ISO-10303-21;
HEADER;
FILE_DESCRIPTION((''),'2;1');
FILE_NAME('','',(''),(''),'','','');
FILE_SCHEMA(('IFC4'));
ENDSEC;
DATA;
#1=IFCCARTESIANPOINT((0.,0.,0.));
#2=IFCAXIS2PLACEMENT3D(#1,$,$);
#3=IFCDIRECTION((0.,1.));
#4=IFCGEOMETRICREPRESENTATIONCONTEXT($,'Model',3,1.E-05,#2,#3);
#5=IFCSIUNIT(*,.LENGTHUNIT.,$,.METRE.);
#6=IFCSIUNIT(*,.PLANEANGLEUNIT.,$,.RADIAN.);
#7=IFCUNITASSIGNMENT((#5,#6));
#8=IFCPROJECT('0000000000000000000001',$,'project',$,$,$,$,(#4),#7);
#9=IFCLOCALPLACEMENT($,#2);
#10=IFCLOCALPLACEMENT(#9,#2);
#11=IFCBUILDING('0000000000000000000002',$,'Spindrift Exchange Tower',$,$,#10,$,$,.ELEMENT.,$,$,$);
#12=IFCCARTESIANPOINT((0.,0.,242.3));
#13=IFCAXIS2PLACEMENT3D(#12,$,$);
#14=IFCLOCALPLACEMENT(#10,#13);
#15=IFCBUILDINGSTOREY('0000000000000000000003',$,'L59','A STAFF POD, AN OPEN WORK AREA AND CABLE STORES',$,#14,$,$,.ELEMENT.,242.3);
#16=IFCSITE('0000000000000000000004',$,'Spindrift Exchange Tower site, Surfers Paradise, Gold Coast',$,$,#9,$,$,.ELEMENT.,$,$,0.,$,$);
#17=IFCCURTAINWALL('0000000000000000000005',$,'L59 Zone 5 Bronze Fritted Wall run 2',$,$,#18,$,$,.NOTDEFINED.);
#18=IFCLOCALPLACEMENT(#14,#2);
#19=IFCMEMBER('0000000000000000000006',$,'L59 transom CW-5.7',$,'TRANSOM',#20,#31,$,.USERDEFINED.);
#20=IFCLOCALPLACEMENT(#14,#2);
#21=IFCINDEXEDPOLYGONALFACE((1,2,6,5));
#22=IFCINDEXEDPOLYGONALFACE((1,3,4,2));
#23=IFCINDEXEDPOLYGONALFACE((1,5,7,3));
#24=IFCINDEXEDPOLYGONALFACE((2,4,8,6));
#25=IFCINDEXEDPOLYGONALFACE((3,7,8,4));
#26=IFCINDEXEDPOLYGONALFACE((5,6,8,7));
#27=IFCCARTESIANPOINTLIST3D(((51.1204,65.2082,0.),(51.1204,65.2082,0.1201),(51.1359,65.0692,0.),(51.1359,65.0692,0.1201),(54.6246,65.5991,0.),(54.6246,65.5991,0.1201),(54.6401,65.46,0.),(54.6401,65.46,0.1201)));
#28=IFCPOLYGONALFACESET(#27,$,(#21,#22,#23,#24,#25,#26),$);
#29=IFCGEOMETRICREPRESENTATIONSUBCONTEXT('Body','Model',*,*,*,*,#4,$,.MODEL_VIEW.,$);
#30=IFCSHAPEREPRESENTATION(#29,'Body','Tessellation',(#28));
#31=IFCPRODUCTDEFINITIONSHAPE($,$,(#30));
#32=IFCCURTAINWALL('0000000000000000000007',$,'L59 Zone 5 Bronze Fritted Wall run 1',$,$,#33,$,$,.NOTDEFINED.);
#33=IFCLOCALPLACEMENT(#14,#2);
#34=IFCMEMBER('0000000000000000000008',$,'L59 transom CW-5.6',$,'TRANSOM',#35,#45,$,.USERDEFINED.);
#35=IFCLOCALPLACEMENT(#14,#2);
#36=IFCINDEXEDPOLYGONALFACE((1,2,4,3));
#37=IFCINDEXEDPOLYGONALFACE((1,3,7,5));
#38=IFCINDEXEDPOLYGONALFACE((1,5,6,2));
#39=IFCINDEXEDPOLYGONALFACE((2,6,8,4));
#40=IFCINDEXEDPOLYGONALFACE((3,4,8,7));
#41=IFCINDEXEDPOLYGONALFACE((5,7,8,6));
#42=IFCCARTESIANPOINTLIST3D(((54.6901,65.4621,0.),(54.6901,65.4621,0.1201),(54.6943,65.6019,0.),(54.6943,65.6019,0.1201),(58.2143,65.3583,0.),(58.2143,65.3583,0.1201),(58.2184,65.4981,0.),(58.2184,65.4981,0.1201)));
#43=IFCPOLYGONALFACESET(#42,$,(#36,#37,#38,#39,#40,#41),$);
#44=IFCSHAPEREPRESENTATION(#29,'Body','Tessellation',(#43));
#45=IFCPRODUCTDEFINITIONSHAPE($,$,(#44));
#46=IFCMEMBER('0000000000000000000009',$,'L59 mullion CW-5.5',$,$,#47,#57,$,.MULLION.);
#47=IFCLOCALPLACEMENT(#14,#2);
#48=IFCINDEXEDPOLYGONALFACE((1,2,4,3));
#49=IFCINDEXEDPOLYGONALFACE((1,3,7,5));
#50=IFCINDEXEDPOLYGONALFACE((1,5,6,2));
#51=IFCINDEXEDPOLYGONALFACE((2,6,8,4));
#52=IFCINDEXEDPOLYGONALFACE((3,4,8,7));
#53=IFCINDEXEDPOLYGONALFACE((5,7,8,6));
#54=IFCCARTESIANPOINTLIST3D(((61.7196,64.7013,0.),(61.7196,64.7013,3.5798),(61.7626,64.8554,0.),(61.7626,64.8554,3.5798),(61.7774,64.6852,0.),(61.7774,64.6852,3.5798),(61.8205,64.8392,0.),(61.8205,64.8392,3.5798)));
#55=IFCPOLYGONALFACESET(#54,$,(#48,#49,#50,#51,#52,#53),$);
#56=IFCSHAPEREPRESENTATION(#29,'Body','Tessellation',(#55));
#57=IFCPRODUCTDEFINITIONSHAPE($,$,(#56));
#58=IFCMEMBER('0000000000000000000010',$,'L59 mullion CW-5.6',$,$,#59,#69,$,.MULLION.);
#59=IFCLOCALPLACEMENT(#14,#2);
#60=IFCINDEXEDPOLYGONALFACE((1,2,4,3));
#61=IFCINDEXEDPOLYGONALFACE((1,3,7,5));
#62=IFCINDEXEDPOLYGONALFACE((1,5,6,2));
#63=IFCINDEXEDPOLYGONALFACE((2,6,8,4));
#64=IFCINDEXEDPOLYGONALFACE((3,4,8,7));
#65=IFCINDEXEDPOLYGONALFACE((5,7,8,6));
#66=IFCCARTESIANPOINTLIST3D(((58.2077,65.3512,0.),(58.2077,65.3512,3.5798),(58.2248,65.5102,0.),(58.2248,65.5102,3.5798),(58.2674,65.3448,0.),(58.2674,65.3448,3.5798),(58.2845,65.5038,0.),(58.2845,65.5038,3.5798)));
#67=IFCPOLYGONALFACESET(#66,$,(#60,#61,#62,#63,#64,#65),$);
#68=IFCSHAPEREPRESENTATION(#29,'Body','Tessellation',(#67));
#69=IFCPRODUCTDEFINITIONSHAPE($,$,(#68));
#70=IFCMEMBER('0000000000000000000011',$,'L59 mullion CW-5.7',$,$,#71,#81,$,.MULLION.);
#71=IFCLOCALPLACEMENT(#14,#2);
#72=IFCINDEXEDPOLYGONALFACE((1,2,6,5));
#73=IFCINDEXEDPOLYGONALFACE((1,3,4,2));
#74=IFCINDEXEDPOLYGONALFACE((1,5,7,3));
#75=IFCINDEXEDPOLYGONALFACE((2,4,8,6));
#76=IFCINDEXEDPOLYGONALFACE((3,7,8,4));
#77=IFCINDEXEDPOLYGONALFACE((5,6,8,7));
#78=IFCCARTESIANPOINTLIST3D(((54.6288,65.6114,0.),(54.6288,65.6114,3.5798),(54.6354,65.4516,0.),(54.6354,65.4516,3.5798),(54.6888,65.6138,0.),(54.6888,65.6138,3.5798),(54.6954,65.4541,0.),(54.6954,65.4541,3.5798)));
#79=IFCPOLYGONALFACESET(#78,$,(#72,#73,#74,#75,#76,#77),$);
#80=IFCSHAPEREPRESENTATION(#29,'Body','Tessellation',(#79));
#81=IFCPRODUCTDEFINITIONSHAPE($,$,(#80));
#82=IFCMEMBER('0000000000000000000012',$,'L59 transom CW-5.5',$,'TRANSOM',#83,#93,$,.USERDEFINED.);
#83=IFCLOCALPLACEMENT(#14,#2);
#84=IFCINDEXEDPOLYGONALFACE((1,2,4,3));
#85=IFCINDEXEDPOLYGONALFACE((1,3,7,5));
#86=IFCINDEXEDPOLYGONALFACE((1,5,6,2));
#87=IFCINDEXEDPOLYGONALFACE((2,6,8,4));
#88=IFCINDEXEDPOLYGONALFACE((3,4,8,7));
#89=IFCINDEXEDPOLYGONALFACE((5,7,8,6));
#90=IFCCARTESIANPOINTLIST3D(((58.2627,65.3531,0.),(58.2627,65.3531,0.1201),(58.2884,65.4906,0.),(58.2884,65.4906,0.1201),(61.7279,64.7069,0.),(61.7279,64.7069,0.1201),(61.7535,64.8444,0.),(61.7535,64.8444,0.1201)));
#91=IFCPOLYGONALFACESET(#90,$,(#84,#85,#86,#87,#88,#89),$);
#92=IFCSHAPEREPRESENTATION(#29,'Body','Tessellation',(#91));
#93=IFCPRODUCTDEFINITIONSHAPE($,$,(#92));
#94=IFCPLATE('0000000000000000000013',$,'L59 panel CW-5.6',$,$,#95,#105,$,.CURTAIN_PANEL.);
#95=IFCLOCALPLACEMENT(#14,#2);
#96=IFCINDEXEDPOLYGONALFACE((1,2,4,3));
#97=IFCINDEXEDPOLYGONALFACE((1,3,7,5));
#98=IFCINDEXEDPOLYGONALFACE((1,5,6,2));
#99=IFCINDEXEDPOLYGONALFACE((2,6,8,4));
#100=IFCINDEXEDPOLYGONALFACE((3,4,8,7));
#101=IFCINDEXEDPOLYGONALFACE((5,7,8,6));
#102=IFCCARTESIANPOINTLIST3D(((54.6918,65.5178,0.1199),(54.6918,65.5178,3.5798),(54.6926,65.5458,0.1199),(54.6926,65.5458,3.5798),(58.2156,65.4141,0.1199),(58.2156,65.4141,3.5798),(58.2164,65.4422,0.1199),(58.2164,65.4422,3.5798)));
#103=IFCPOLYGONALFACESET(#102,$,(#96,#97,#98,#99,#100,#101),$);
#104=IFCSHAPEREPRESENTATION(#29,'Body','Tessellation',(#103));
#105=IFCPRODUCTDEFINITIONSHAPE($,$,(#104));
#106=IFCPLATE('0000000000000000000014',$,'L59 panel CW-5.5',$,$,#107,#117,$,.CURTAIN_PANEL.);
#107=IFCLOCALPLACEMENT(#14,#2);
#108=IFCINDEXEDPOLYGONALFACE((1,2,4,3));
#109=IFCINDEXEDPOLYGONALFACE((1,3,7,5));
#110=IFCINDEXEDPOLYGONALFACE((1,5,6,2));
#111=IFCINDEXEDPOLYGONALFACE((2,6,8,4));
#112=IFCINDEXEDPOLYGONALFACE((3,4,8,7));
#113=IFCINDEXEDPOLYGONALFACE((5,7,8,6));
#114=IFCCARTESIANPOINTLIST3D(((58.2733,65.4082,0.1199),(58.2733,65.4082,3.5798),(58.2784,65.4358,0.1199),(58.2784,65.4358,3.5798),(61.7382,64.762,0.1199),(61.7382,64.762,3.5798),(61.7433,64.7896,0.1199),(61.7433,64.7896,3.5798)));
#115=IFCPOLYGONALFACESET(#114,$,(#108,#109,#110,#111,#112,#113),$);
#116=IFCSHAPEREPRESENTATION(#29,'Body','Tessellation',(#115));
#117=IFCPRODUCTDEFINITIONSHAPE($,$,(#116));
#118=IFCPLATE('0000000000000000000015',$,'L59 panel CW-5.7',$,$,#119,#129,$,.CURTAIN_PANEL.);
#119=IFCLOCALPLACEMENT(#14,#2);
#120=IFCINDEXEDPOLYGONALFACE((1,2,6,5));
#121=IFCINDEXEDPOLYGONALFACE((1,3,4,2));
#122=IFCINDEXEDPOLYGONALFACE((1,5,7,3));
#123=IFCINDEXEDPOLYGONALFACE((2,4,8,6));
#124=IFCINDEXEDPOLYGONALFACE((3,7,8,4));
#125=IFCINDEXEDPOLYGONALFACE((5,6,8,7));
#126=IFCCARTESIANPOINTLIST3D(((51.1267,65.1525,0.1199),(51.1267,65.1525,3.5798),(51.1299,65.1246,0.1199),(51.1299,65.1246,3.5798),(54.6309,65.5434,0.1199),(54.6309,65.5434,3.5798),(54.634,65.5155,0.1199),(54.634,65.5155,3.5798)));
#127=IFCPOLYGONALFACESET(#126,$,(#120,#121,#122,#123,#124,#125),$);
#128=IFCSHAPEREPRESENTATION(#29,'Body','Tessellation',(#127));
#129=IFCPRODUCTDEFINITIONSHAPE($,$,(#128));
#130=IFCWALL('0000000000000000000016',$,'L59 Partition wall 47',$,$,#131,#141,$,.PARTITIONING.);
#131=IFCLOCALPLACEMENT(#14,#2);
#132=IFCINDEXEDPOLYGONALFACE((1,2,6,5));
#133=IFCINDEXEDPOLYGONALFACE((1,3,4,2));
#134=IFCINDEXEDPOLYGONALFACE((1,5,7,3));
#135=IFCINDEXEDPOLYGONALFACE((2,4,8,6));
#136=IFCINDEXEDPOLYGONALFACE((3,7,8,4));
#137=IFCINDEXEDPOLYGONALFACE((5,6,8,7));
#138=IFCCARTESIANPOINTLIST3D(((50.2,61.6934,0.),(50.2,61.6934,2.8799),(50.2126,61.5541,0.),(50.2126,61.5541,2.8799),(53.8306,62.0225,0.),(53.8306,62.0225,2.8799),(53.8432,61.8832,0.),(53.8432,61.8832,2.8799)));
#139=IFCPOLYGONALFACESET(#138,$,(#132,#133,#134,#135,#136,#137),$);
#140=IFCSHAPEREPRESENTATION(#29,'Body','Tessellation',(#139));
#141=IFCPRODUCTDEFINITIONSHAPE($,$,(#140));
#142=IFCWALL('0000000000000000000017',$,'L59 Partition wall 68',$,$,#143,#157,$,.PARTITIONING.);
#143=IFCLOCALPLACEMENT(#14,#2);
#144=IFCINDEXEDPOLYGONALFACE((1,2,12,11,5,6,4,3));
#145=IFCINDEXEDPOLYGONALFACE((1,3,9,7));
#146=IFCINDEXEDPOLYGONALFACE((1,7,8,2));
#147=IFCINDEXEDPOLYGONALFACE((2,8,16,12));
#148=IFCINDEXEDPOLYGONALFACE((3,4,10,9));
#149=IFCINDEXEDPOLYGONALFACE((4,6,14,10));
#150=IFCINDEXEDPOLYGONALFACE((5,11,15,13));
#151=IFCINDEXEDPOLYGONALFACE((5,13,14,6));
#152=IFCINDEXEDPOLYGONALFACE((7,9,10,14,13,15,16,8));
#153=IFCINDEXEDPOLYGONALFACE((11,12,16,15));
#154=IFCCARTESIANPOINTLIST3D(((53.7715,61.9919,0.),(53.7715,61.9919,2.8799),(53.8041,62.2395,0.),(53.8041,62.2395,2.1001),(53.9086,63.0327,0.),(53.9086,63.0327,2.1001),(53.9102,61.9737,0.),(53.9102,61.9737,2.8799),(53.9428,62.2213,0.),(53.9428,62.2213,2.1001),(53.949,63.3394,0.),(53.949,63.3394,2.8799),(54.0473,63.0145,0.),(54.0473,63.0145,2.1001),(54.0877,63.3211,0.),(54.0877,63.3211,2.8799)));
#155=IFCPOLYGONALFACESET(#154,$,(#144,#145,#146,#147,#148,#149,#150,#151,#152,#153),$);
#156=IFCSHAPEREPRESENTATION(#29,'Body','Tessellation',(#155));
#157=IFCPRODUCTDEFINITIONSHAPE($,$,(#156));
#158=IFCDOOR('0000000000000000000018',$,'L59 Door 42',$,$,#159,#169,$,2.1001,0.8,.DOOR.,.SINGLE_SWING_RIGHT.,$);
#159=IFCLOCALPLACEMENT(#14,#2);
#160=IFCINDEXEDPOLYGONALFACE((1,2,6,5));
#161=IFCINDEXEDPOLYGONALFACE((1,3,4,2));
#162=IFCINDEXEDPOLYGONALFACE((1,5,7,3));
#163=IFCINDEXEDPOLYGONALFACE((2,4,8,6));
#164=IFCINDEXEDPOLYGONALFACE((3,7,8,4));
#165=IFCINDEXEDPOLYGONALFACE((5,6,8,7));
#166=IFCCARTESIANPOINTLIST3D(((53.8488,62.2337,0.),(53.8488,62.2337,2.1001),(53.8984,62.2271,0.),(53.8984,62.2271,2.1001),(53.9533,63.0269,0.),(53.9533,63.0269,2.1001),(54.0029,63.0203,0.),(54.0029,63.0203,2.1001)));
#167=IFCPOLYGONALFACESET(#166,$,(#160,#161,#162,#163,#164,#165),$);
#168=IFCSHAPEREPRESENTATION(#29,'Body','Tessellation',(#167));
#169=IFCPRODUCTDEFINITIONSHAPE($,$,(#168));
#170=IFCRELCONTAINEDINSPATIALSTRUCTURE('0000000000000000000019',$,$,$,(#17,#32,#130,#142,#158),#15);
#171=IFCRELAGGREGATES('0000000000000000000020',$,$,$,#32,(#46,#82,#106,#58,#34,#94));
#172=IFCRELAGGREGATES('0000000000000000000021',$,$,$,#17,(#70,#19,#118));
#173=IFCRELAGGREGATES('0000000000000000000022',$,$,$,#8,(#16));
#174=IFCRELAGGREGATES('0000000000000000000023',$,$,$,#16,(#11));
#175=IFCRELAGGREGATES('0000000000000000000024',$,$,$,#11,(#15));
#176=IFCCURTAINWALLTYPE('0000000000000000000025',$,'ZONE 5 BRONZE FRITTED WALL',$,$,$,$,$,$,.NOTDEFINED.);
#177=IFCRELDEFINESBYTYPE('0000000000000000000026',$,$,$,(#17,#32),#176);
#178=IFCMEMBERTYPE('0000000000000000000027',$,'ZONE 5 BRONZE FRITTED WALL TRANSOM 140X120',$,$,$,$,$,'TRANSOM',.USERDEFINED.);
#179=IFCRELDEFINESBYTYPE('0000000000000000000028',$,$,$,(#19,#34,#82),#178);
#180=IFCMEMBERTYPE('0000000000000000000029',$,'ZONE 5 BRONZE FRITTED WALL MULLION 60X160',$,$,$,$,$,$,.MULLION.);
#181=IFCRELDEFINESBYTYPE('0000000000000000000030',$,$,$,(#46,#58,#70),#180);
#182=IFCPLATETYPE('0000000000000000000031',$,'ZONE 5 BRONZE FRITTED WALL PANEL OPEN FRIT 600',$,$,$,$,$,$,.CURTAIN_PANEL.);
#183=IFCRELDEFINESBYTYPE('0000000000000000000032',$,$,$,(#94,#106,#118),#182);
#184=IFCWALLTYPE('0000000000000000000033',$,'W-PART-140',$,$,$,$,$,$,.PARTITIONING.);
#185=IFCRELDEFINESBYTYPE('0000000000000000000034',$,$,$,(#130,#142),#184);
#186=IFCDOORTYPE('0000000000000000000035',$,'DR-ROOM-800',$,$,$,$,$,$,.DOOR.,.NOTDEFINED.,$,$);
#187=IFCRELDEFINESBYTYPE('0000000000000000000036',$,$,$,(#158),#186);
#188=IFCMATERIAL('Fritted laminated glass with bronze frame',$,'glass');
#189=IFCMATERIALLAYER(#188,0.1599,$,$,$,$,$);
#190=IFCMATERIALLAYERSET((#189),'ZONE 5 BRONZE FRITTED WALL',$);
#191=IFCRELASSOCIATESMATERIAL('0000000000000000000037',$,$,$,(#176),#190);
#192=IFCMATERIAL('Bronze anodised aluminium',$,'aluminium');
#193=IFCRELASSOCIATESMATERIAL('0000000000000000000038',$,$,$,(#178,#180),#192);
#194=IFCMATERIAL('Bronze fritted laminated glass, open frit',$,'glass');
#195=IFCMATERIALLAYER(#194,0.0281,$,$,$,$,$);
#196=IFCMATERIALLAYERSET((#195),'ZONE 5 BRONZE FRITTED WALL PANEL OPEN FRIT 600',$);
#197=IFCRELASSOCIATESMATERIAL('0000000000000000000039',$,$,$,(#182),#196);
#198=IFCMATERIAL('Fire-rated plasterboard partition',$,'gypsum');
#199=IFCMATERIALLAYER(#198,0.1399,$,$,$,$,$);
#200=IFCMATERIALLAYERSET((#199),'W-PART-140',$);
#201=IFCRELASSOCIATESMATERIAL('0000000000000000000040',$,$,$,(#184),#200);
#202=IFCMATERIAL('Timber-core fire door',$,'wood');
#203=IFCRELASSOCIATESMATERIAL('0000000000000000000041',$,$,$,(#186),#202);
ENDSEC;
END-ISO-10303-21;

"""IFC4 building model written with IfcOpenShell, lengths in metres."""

from ifc_helpers import new_model, si_unit, direction, frame, frame_2d, origin, origin_2d, place, context, subcontext, project, spatial, rectangle, extrude, source, transform, mapped, material, layer, layer_set, material_profile, profile_set, type_object, element, fill, aggregate, save


model = new_model("IFC4")

# Units and contexts
model_context = context("Model", 3, precision=1e-05, world=origin(), true_north=direction((0.0, 1.0)))
body_context = subcontext(model_context, "Body", "Model", "MODEL_VIEW")
ifc_project = project(units=[si_unit("LENGTHUNIT", "METRE"), si_unit("PLANEANGLEUNIT", "RADIAN")], contexts=[model_context])

# Site, building, storey
site_placement = place(None, origin())
site = spatial("IfcSite", under=ifc_project, at=site_placement, Name="Spindrift Exchange Tower site, Surfers Paradise, Gold Coast", CompositionType="ELEMENT", RefElevation=0.0)
building_placement = place(site_placement, origin())
building = spatial("IfcBuilding", under=site, at=building_placement, Name="Spindrift Exchange Tower", CompositionType="ELEMENT")
storey_placement = place(building_placement, frame((0.0, 0.0, 242.3)))
storey = spatial("IfcBuildingStorey", under=building, at=storey_placement, Name="L59", Description="A STAFF POD, AN OPEN WORK AREA AND CABLE STORES", CompositionType="ELEMENT", Elevation=242.3)

# Curtain wall, member
ifc_material_1 = material(Name="Fritted laminated glass with bronze frame", Category="glass")
ifc_layer_1 = layer(ifc_material_1, 0.1599)
ifc_layer_set_1 = layer_set([ifc_layer_1], Name="ZONE 5 BRONZE FRITTED WALL")
curtain_wall_type = type_object("IfcCurtainWallType", Name="ZONE 5 BRONZE FRITTED WALL", PredefinedType="NOTDEFINED", material=ifc_layer_set_1)
curtain_wall_1_placement = place(storey_placement, origin())
curtain_wall_1 = element("IfcCurtainWall", 1, at=curtain_wall_1_placement, inside=storey, type_object=curtain_wall_type, Name="L59 Zone 5 Bronze Fritted Wall run 2", PredefinedType="NOTDEFINED")
ifc_material_2 = material(Name="Bronze anodised aluminium", Category="aluminium")
ifc_material_profile_1 = material_profile(ifc_material_2, rectangle(XDim=0.1399, YDim=0.1201, at=origin_2d()), Name="ZONE 5 BRONZE FRITTED WALL TRANSOM 140X120")
ifc_profile_set_1 = profile_set([ifc_material_profile_1], Name="Bronze anodised aluminium")
member_type_1 = type_object("IfcMemberType", Name="ZONE 5 BRONZE FRITTED WALL TRANSOM 140X120", ElementType="TRANSOM", PredefinedType="USERDEFINED", material=ifc_profile_set_1)
shared_shape_1 = source(origin(), body_context, "Body", "SweptSolid", [
    extrude(rectangle(XDim=0.1399, YDim=0.1201, at=origin_2d()), origin(), (0.0, 0.0, 1.0), 3.5259),
])
member_1_placement = place(storey_placement, frame((54.6323, 65.5295, 0.0601), z_axis=(-0.993836, -0.110857, 0.0), x_axis=(0.110857, -0.993836, 0.0)))
member_1 = element("IfcMember", 2, at=member_1_placement, type_object=member_type_1, Name="L59 transom CW-5.7", ObjectType="TRANSOM", PredefinedType="USERDEFINED", context=body_context, shape_type="MappedRepresentation", body=[
    mapped(shared_shape_1, transform((0.0, 0.0, 0.0), scale=1.0)),
])

# Curtain wall, members
curtain_wall_2_placement = place(storey_placement, origin())
curtain_wall_2 = element("IfcCurtainWall", 3, at=curtain_wall_2_placement, inside=storey, type_object=curtain_wall_type, Name="L59 Zone 5 Bronze Fritted Wall run 1", PredefinedType="NOTDEFINED")
shared_shape_2 = source(origin(), body_context, "Body", "SweptSolid", [
    extrude(rectangle(XDim=0.1399, YDim=0.1201, at=origin_2d()), origin(), (0.0, 0.0, 1.0), 3.5256),
])
member_2_placement = place(storey_placement, frame((58.2163, 65.4282, 0.0601), z_axis=(-0.999567, 0.02943, 0.0), x_axis=(-0.02943, -0.999567, 0.0)))
member_2 = element("IfcMember", 4, at=member_2_placement, type_object=member_type_1, Name="L59 transom CW-5.6", ObjectType="TRANSOM", PredefinedType="USERDEFINED", context=body_context, shape_type="MappedRepresentation", body=[
    mapped(shared_shape_2, transform((0.0, 0.0, 0.0), scale=1.0)),
])
ifc_material_profile_2 = material_profile(ifc_material_2, rectangle(XDim=0.0601, YDim=0.1599, at=origin_2d()), Name="ZONE 5 BRONZE FRITTED WALL MULLION 60X160")
ifc_profile_set_2 = profile_set([ifc_material_profile_2], Name="Bronze anodised aluminium")
member_type_2 = type_object("IfcMemberType", Name="ZONE 5 BRONZE FRITTED WALL MULLION 60X160", PredefinedType="MULLION", material=ifc_profile_set_2)
shared_shape_3 = source(origin(), body_context, "Body", "SweptSolid", [
    extrude(rectangle(XDim=0.0601, YDim=0.1599, at=origin_2d()), origin(), (0.0, 0.0, 1.0), 3.5798),
])
member_3_placement = place(storey_placement, frame((61.77, 64.7703, 0.0), z_axis=(0.0, 0.0, 1.0), x_axis=(-0.963139, 0.269006, 0.0)))
member_3 = element("IfcMember", 5, at=member_3_placement, type_object=member_type_2, Name="L59 mullion CW-5.5", PredefinedType="MULLION", context=body_context, shape_type="MappedRepresentation", body=[
    mapped(shared_shape_3, transform((0.0, 0.0, 0.0), scale=1.0)),
])
member_4_placement = place(storey_placement, frame((58.2461, 65.4275, 0.0), z_axis=(0.0, 0.0, 1.0), x_axis=(-0.994293, 0.106686, 0.0)))
member_4 = element("IfcMember", 6, at=member_4_placement, type_object=member_type_2, Name="L59 mullion CW-5.6", PredefinedType="MULLION", context=body_context, shape_type="MappedRepresentation", body=[
    mapped(shared_shape_3, transform((0.0, 0.0, 0.0), scale=1.0)),
])

# Members
member_5_placement = place(storey_placement, frame((54.6621, 65.5327, 0.0), z_axis=(0.0, 0.0, 1.0), x_axis=(-0.999166, -0.040827, 0.0)))
member_5 = element("IfcMember", 7, at=member_5_placement, type_object=member_type_2, Name="L59 mullion CW-5.7", PredefinedType="MULLION", context=body_context, shape_type="MappedRepresentation", body=[
    mapped(shared_shape_3, transform((0.0, 0.0, 0.0), scale=1.0)),
])
shared_shape_4 = source(origin(), body_context, "Body", "SweptSolid", [
    extrude(rectangle(XDim=0.1399, YDim=0.1201, at=origin_2d()), origin(), (0.0, 0.0, 1.0), 3.5249),
])
member_6_placement = place(storey_placement, frame((61.7407, 64.7756, 0.0601), z_axis=(-0.98305, 0.183339, 0.0), x_axis=(-0.183339, -0.98305, 0.0)))
member_6 = element("IfcMember", 8, at=member_6_placement, type_object=member_type_1, Name="L59 transom CW-5.5", ObjectType="TRANSOM", PredefinedType="USERDEFINED", context=body_context, shape_type="MappedRepresentation", body=[
    mapped(shared_shape_4, transform((0.0, 0.0, 0.0), scale=1.0)),
])

# Plates
ifc_material_3 = material(Name="Bronze fritted laminated glass, open frit", Category="glass")
ifc_layer_2 = layer(ifc_material_3, 0.0281)
ifc_layer_set_2 = layer_set([ifc_layer_2], Name="ZONE 5 BRONZE FRITTED WALL PANEL OPEN FRIT 600")
plate_type = type_object("IfcPlateType", Name="ZONE 5 BRONZE FRITTED WALL PANEL OPEN FRIT 600", PredefinedType="CURTAIN_PANEL", material=ifc_layer_set_2)
shared_shape_5 = source(origin(), body_context, "Body", "SweptSolid", [
    extrude(rectangle(XDim=3.5254, YDim=0.0281, at=origin_2d()), origin(), (0.0, 0.0, 1.0), 3.46),
])
plate_1_placement = place(storey_placement, frame((56.4541, 65.48, 0.1199), z_axis=(0.0, 0.0, 1.0), x_axis=(-0.999568, 0.029396, 0.0)))
plate_1 = element("IfcPlate", 9, at=plate_1_placement, type_object=plate_type, Name="L59 panel CW-5.6", PredefinedType="CURTAIN_PANEL", context=body_context, shape_type="MappedRepresentation", body=[
    mapped(shared_shape_5, transform((0.0, 0.0, 0.0), scale=1.0)),
])
shared_shape_6 = source(origin(), body_context, "Body", "SweptSolid", [
    extrude(rectangle(XDim=3.5247, YDim=0.0281, at=origin_2d()), origin(), (0.0, 0.0, 1.0), 3.46),
])
plate_2_placement = place(storey_placement, frame((60.0083, 65.0989, 0.1199), z_axis=(0.0, 0.0, 1.0), x_axis=(-0.98305, 0.183337, 0.0)))
plate_2 = element("IfcPlate", 10, at=plate_2_placement, type_object=plate_type, Name="L59 panel CW-5.5", PredefinedType="CURTAIN_PANEL", context=body_context, shape_type="MappedRepresentation", body=[
    mapped(shared_shape_6, transform((0.0, 0.0, 0.0), scale=1.0)),
])
aggregate(curtain_wall_2, [member_3, member_6, plate_2, member_4, member_2, plate_1])
shared_shape_7 = source(origin(), body_context, "Body", "SweptSolid", [
    extrude(rectangle(XDim=3.5259, YDim=0.0281, at=origin_2d()), origin(), (0.0, 0.0, 1.0), 3.46),
])
plate_3_placement = place(storey_placement, frame((52.8804, 65.334, 0.1199), z_axis=(0.0, 0.0, 1.0), x_axis=(-0.993837, -0.110848, 0.0)))
plate_3 = element("IfcPlate", 11, at=plate_3_placement, type_object=plate_type, Name="L59 panel CW-5.7", PredefinedType="CURTAIN_PANEL", context=body_context, shape_type="MappedRepresentation", body=[
    mapped(shared_shape_7, transform((0.0, 0.0, 0.0), scale=1.0)),
])
aggregate(curtain_wall_1, [member_5, member_1, plate_3])

# Wall
ifc_material_4 = material(Name="Fire-rated plasterboard partition", Category="gypsum")
ifc_layer_3 = layer(ifc_material_4, 0.1399)
ifc_layer_set_3 = layer_set([ifc_layer_3], Name="W-PART-140")
wall_type = type_object("IfcWallType", Name="W-PART-140", PredefinedType="PARTITIONING", material=ifc_layer_set_3)
wall_1_placement = place(storey_placement, frame((53.8369, 61.9529, 0.0), z_axis=(0.0, 0.0, 1.0), x_axis=(-0.995917, -0.090276, 0.0)))
element("IfcWall", 12, at=wall_1_placement, inside=storey, type_object=wall_type, Name="L59 Partition wall 47", PredefinedType="PARTITIONING", context=body_context, shape_type="SweptSolid", body=[
    extrude(rectangle(XDim=3.6455, YDim=0.1399, at=frame_2d((1.8228, 0.0))), origin(), (0.0, 0.0, 1.0), 2.8799),
])

# Wall, opening, door
wall_2_placement = place(storey_placement, frame((53.8408, 61.9827, 0.0), z_axis=(0.0, 0.0, 1.0), x_axis=(0.130599, 0.991435, 0.0)))
wall_2 = element("IfcWall", 13, at=wall_2_placement, inside=storey, type_object=wall_type, Name="L59 Partition wall 68", PredefinedType="PARTITIONING", context=body_context, shape_type="SweptSolid", body=[
    extrude(rectangle(XDim=1.3591, YDim=0.1399, at=frame_2d((0.6797, 0.0))), origin(), (0.0, 0.0, 1.0), 2.8799),
])
opening_placement = place(wall_2_placement, frame((0.25, 0.0, 0.0)))
opening = element("IfcOpeningElement", 14, at=opening_placement, cuts=wall_2, PredefinedType="OPENING", context=body_context, shape_type="SweptSolid", body=[
    extrude(rectangle(XDim=0.8, YDim=2.1001, at=frame_2d((0.3999, 1.05))), frame((0.0, 0.0798, 0.0), z_axis=(0.0, -1.0, 0.0), x_axis=(1.0, 0.0, 0.0)), (0.0, 0.0, 1.0), 0.1599),
])
ifc_material_5 = material(Name="Timber-core fire door", Category="wood")
door_type = type_object("IfcDoorType", Name="DR-ROOM-800", OperationType="NOTDEFINED", PredefinedType="DOOR", material=ifc_material_5)
shared_shape_8 = source(origin(), body_context, "Body", "SweptSolid", [
    extrude(rectangle(XDim=0.8, YDim=2.1001, at=frame_2d((0.3999, 1.05))), frame((0.0, 0.0249, 0.0), z_axis=(0.0, -1.0, 0.0), x_axis=(1.0, 0.0, 0.0)), (0.0, 0.0, 1.0), 0.05),
])
door_placement = place(opening_placement, origin())
door = element("IfcDoor", 15, at=door_placement, inside=storey, type_object=door_type, Name="L59 Door 42", OperationType="SINGLE_SWING_RIGHT", OverallHeight=2.1001, OverallWidth=0.8, PredefinedType="DOOR", context=body_context, shape_type="MappedRepresentation", body=[
    mapped(shared_shape_8, transform((0.0, 0.0, 0.0), scale=1.0)),
])
fill(opening, door)

save(model, "model.ifc")
